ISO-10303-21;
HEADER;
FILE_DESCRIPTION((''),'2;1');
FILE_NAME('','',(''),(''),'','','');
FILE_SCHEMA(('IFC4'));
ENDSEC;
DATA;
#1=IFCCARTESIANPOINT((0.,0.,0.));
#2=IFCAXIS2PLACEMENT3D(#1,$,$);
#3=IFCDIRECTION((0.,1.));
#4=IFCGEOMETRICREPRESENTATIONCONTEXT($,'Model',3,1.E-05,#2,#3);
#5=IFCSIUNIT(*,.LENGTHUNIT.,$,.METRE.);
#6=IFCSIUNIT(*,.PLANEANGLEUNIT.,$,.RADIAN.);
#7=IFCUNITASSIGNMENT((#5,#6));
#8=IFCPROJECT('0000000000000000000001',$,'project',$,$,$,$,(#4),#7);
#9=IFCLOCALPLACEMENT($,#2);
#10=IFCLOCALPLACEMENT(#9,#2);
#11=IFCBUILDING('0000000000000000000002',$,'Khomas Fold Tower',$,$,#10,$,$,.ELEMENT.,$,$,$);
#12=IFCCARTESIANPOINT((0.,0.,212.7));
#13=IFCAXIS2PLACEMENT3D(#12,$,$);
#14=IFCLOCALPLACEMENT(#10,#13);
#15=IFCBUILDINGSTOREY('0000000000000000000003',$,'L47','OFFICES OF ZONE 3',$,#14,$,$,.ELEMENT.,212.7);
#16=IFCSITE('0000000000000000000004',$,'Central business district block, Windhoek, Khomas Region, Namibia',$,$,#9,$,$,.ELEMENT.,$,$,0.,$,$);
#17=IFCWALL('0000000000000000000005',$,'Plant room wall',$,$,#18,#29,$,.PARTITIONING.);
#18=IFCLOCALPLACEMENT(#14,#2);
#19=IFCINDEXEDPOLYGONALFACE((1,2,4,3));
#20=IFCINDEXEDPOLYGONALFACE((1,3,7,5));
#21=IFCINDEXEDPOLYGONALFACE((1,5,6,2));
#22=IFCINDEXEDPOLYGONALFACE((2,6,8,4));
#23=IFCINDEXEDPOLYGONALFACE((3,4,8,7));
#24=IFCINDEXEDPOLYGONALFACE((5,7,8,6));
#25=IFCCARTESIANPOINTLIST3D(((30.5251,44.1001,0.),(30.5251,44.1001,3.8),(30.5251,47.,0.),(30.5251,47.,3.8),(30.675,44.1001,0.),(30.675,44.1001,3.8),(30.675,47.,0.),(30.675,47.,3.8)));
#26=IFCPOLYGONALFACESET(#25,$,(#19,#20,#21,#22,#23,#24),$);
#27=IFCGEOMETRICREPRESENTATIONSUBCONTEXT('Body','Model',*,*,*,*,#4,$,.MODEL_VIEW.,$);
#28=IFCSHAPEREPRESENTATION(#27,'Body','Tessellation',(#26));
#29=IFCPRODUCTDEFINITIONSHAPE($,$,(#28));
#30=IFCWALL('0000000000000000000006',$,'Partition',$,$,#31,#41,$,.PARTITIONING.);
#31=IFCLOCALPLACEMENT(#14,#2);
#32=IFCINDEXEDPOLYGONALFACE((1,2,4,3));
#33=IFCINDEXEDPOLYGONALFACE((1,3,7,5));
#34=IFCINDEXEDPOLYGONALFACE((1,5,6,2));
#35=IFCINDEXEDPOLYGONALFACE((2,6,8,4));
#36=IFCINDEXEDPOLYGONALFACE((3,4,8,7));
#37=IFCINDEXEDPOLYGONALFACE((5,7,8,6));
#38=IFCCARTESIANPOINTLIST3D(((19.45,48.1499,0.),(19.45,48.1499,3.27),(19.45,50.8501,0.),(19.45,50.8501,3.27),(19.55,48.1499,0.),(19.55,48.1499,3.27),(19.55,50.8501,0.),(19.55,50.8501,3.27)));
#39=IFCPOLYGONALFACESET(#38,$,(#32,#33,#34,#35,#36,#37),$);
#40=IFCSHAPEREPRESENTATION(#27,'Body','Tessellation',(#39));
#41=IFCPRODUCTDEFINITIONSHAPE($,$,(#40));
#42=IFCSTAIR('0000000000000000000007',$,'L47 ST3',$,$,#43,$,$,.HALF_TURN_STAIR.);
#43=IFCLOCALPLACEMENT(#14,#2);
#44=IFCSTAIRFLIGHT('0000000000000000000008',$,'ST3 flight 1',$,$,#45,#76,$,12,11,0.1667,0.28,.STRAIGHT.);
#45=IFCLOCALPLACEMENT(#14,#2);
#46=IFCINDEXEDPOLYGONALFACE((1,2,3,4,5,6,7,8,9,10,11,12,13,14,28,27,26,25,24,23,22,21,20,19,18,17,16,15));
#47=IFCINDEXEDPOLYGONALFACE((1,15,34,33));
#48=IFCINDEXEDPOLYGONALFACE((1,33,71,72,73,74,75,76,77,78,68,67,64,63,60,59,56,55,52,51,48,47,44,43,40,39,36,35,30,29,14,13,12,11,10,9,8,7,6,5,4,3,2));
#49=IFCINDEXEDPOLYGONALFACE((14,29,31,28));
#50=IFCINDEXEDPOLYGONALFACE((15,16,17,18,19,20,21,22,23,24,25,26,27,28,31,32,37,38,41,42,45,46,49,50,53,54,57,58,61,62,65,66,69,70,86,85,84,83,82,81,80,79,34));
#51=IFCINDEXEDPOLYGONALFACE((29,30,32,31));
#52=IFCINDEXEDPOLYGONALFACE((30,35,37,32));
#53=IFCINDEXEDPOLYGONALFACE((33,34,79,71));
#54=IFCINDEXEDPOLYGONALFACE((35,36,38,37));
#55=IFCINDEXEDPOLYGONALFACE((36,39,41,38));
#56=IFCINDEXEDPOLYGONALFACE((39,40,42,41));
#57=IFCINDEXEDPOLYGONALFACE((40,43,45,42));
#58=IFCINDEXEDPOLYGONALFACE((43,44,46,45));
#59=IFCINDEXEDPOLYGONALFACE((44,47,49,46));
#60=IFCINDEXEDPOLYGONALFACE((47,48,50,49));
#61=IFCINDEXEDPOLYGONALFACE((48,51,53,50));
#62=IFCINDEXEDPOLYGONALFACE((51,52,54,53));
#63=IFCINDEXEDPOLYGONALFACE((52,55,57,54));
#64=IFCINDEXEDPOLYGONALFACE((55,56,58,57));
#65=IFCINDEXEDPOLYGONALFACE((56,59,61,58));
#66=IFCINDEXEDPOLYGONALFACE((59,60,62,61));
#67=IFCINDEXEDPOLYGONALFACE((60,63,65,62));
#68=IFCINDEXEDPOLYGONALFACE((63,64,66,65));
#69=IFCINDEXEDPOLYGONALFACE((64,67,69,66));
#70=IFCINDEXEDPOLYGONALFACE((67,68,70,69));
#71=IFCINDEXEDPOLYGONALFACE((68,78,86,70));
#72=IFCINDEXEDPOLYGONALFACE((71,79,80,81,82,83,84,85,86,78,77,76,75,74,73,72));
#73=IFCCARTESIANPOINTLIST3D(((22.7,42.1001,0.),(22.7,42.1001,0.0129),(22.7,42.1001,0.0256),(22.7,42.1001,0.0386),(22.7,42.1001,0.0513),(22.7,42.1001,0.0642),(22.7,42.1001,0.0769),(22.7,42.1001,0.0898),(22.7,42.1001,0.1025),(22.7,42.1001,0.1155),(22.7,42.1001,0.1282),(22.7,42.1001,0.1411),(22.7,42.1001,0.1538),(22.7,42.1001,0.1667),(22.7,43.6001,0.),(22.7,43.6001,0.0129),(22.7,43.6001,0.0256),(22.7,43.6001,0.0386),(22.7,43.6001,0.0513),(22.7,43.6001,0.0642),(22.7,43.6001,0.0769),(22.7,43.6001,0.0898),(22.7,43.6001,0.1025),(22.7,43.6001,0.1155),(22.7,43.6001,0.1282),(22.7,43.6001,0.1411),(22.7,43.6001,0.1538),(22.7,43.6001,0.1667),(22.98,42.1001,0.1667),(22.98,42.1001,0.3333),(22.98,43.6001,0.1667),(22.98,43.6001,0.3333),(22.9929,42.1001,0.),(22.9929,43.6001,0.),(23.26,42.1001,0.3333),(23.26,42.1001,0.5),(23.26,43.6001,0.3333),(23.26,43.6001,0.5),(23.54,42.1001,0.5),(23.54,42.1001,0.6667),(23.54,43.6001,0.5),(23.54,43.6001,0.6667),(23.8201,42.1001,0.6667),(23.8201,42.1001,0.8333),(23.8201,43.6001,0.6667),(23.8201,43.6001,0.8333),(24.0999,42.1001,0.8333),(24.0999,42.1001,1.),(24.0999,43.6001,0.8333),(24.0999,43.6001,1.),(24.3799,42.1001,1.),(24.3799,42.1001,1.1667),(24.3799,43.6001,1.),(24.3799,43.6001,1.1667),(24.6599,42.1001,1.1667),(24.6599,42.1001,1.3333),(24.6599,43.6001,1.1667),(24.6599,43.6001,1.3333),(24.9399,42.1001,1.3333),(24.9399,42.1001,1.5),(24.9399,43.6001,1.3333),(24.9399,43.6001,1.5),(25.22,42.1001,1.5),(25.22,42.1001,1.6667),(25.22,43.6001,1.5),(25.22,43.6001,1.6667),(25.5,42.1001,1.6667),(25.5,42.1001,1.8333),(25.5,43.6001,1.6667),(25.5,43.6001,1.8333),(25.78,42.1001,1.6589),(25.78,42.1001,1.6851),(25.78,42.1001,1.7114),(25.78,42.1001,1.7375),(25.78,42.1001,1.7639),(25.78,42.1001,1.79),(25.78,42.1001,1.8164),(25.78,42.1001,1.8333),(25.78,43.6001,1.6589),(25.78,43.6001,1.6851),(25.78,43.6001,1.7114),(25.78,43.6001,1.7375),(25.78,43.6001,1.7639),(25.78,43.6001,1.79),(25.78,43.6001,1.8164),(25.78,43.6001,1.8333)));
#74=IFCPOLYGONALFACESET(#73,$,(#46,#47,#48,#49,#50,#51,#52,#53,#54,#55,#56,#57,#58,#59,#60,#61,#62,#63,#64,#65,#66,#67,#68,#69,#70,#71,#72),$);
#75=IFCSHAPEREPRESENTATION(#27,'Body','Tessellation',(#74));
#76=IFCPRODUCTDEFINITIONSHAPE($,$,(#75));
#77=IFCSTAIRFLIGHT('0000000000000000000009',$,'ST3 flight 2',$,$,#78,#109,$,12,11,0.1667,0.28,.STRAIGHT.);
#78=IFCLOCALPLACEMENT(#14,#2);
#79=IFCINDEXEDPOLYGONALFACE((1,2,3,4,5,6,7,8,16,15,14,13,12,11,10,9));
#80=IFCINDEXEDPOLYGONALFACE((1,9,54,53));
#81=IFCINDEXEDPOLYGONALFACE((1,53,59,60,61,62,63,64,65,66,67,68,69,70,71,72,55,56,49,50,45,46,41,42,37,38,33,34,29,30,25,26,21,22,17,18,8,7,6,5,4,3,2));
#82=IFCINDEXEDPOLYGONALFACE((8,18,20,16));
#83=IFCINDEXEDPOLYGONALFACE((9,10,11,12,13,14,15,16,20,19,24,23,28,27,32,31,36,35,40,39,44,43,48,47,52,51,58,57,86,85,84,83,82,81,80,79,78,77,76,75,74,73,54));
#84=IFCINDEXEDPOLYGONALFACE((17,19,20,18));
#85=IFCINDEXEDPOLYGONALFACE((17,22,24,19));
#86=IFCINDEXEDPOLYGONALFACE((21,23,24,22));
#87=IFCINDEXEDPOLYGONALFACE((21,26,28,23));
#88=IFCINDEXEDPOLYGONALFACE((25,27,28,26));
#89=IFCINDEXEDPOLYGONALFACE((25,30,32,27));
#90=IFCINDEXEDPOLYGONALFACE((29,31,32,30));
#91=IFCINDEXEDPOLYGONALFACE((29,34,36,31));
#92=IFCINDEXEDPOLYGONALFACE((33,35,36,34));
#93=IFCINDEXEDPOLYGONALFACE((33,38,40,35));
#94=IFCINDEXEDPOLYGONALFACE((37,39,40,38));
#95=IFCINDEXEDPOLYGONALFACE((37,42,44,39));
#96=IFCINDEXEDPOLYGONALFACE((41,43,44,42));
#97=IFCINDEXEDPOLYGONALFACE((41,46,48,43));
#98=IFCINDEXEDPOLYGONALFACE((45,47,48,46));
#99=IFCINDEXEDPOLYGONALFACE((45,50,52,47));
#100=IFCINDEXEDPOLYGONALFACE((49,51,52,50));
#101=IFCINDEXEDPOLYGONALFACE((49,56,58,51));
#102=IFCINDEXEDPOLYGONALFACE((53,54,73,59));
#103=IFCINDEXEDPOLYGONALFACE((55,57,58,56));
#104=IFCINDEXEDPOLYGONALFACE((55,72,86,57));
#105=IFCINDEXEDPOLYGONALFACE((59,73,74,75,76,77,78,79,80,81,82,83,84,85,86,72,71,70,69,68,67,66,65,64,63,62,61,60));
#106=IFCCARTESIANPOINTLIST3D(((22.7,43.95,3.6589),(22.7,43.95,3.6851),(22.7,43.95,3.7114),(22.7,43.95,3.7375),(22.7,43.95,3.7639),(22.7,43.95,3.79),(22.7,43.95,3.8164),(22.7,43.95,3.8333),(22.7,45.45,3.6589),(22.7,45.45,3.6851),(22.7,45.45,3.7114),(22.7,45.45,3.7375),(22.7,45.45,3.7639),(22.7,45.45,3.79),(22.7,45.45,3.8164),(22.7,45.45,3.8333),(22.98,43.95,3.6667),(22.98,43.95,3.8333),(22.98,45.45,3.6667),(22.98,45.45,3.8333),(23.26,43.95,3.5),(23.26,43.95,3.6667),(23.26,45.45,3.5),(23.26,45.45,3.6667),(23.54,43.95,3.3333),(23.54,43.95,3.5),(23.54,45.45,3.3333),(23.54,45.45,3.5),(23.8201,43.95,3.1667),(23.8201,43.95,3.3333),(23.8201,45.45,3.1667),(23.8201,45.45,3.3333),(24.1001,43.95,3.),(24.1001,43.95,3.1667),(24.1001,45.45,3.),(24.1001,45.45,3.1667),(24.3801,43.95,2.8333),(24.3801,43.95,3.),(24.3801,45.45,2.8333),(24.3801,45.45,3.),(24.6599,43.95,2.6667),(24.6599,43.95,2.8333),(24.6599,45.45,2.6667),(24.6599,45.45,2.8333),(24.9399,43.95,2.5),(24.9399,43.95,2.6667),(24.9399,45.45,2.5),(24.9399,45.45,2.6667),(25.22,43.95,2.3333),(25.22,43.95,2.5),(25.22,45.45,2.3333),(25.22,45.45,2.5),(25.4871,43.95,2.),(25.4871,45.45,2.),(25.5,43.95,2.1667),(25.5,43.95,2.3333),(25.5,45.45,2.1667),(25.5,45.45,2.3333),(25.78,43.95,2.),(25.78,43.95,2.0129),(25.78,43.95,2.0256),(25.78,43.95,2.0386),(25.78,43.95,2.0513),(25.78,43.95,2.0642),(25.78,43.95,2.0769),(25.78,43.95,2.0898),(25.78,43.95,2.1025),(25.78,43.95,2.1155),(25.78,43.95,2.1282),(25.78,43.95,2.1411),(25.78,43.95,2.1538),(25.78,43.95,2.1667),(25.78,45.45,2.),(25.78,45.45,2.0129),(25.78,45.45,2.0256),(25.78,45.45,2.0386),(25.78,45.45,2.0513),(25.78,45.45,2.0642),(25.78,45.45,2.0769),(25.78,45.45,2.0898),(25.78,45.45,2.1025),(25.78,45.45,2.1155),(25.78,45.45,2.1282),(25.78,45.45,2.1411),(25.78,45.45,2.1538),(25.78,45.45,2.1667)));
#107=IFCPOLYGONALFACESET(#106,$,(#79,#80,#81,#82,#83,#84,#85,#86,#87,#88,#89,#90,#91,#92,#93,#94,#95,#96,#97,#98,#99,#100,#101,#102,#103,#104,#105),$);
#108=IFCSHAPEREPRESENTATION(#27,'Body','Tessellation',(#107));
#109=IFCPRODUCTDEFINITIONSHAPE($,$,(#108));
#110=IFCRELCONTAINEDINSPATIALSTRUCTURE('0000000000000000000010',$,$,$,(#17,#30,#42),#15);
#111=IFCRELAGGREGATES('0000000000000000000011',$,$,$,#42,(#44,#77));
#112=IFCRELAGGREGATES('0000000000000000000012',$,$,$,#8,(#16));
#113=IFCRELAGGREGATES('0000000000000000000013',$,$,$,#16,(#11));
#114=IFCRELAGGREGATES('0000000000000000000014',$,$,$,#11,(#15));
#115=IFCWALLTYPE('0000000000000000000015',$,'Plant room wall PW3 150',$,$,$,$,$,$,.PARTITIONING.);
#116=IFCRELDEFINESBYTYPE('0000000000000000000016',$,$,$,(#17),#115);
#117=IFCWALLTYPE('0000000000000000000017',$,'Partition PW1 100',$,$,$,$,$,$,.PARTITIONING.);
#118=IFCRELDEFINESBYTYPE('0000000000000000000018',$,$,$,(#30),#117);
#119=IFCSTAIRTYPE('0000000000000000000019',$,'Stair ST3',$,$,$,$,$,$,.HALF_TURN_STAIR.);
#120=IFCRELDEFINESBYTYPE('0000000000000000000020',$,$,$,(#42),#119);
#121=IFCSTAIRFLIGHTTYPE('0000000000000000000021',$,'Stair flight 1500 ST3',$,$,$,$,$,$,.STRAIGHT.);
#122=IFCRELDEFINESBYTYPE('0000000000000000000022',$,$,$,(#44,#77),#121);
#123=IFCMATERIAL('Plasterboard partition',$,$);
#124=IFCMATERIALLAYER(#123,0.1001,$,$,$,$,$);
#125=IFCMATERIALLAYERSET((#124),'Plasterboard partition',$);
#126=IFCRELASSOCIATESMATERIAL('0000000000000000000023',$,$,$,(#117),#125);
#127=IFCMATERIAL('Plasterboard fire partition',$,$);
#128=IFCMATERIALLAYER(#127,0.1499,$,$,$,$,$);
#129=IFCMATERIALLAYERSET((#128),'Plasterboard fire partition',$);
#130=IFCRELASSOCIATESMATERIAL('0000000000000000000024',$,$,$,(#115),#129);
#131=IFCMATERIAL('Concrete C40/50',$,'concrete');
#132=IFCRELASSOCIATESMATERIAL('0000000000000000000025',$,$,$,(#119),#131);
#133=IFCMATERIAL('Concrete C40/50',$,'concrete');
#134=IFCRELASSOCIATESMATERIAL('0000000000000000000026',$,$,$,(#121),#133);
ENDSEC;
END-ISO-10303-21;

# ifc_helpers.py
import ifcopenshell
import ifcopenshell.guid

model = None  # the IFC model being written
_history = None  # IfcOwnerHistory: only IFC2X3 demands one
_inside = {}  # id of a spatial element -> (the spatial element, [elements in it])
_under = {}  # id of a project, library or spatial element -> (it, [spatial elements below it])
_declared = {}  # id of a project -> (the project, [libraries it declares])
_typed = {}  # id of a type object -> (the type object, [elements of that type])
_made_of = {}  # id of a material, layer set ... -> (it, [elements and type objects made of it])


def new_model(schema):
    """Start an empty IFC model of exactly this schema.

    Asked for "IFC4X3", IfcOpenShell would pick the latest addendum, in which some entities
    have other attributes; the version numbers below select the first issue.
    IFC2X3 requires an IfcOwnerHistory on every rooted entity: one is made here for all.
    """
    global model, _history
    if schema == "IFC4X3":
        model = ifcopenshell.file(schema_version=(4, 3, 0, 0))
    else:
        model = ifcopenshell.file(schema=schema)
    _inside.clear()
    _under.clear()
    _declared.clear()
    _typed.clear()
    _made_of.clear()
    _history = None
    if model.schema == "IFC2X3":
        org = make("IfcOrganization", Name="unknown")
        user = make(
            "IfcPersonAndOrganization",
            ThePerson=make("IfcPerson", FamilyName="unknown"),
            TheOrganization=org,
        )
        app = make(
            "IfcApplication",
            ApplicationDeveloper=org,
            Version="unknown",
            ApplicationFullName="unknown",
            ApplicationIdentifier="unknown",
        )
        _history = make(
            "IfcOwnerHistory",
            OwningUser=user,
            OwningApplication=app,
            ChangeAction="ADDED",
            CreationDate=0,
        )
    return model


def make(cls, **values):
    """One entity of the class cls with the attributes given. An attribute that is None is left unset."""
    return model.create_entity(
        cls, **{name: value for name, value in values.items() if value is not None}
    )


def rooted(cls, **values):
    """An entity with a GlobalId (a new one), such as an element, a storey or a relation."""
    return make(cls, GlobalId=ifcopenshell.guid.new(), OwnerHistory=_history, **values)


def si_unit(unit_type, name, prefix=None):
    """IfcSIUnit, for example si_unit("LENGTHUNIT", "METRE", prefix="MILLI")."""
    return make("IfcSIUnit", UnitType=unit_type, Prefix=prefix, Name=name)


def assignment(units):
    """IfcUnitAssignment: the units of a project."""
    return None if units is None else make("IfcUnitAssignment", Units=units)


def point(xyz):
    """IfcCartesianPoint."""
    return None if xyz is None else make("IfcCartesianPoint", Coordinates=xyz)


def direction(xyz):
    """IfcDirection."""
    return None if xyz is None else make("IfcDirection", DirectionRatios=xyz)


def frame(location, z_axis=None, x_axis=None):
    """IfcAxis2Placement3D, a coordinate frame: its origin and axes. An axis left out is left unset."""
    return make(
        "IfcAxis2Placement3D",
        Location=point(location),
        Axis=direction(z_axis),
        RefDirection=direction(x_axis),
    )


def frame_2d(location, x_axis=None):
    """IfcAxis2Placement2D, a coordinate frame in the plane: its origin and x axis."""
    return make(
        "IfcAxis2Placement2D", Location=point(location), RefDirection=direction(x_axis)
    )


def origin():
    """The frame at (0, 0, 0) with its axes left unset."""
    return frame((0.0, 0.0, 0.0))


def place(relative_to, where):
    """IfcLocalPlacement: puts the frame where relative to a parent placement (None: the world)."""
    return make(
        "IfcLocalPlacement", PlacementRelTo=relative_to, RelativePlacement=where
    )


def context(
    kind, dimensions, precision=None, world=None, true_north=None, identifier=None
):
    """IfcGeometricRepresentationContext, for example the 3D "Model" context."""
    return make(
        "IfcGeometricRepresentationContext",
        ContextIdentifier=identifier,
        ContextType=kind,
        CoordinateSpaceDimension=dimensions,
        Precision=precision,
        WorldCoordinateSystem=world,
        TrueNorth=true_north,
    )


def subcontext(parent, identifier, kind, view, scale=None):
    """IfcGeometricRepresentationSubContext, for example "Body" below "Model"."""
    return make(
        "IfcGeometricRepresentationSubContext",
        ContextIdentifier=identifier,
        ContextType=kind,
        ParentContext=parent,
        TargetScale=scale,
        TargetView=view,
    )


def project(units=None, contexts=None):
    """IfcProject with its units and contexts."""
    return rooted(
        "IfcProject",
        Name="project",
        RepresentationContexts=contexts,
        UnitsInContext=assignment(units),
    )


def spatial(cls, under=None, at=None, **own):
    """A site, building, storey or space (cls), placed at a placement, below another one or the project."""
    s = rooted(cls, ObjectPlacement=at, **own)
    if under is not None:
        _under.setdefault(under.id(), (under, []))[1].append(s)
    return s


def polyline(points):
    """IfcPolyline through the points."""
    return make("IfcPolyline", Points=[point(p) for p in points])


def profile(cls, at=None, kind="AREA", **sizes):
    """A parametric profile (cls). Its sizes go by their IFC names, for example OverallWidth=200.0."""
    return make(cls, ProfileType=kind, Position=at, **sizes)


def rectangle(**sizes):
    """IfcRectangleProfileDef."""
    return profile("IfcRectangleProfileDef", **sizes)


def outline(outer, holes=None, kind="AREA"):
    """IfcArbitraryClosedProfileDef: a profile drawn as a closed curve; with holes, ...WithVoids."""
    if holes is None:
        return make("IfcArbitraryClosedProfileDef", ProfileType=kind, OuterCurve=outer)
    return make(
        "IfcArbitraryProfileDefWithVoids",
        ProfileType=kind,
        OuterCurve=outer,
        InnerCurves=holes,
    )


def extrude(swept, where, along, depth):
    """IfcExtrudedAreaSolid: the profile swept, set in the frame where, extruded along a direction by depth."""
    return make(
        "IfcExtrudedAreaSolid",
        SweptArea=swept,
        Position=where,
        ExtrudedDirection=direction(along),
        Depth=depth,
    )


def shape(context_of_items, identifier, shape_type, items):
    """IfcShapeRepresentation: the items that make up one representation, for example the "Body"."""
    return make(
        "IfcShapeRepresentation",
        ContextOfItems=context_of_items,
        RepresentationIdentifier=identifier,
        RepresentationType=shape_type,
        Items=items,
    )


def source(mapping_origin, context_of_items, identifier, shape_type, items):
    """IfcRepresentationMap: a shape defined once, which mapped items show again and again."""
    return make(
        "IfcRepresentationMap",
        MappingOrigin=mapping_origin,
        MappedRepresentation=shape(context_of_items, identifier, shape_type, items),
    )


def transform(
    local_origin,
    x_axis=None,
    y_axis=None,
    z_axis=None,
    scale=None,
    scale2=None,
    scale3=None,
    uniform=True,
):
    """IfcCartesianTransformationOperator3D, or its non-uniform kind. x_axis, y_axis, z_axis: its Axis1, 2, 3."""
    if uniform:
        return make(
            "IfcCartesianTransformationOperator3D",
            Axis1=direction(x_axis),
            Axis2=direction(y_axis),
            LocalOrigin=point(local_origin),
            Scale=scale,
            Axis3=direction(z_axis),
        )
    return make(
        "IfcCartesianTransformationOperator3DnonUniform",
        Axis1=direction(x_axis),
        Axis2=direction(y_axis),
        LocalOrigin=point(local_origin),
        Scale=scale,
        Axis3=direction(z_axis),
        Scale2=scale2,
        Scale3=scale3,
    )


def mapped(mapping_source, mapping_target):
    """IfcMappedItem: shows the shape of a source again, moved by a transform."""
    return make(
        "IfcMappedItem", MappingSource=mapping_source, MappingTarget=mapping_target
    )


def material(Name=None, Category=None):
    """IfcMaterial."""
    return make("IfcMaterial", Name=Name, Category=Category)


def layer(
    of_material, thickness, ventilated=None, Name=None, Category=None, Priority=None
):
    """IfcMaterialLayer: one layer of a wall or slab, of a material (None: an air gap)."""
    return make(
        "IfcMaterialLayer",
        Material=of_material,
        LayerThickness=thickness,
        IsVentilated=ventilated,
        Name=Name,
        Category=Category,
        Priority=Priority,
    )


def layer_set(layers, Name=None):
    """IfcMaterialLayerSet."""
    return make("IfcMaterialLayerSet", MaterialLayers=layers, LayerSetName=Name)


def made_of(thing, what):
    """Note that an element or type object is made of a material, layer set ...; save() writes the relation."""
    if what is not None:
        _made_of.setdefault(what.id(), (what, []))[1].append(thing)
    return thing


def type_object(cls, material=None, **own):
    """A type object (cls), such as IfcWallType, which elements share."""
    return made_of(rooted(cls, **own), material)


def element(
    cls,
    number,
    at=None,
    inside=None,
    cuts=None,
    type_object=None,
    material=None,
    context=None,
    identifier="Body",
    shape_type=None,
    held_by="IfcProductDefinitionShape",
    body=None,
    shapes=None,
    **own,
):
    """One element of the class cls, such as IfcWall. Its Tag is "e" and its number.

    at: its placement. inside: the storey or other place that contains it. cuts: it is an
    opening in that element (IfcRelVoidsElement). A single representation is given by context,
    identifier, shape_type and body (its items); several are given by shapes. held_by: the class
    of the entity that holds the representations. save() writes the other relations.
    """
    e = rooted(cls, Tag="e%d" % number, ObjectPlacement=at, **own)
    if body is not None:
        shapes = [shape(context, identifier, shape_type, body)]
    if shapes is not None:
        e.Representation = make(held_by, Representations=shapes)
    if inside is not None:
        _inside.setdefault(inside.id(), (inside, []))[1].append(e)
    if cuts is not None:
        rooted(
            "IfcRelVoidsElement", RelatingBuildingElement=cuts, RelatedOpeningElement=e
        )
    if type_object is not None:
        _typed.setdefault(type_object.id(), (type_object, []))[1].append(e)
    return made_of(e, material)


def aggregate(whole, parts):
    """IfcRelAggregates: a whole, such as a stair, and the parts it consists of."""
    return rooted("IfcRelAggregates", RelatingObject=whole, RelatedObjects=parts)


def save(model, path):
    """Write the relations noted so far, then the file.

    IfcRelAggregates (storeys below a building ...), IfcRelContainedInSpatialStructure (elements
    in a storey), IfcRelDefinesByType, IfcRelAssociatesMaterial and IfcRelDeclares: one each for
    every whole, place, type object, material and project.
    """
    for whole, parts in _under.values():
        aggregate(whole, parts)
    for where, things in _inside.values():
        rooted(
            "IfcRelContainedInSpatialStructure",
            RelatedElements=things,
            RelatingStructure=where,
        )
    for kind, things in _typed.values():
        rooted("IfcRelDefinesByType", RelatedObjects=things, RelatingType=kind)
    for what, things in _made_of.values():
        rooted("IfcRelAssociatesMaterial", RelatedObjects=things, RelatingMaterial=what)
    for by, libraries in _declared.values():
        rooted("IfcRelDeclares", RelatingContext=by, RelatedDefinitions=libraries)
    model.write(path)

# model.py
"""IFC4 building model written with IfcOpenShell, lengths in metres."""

from ifc_helpers import new_model, si_unit, direction, frame, frame_2d, origin, place, context, subcontext, project, spatial, polyline, rectangle, outline, extrude, source, transform, mapped, material, layer, layer_set, type_object, element, aggregate, save


model = new_model("IFC4")

# Units and contexts
model_context = context("Model", 3, precision=1e-05, world=origin(), true_north=direction((0.0, 1.0)))
body_context = subcontext(model_context, "Body", "Model", "MODEL_VIEW")
ifc_project = project(units=[si_unit("LENGTHUNIT", "METRE"), si_unit("PLANEANGLEUNIT", "RADIAN")], contexts=[model_context])

# Site, building, storey
site_placement = place(None, origin())
site = spatial("IfcSite", under=ifc_project, at=site_placement, Name="Central business district block, Windhoek, Khomas Region, Namibia", CompositionType="ELEMENT", RefElevation=0.0)
building_placement = place(site_placement, origin())
building = spatial("IfcBuilding", under=site, at=building_placement, Name="Khomas Fold Tower", CompositionType="ELEMENT")
storey_placement = place(building_placement, frame((0.0, 0.0, 212.7)))
storey = spatial("IfcBuildingStorey", under=building, at=storey_placement, Name="L47", Description="OFFICES OF ZONE 3", CompositionType="ELEMENT", Elevation=212.7)

# Shared definitions
ifc_material_1 = material(Name="Plasterboard partition")
ifc_layer_1 = layer(ifc_material_1, 0.1001)
ifc_layer_set_1 = layer_set([ifc_layer_1], Name="Plasterboard partition")
wall_type_1 = type_object("IfcWallType", Name="Partition PW1 100", PredefinedType="PARTITIONING", material=ifc_layer_set_1)

# Shared definitions
ifc_material_2 = material(Name="Plasterboard fire partition")
ifc_layer_2 = layer(ifc_material_2, 0.1499)
ifc_layer_set_2 = layer_set([ifc_layer_2], Name="Plasterboard fire partition")
wall_type_2 = type_object("IfcWallType", Name="Plant room wall PW3 150", PredefinedType="PARTITIONING", material=ifc_layer_set_2)

# Walls
shared_shape_1 = source(origin(), body_context, "Body", "SweptSolid", [
    extrude(rectangle(XDim=2.8999, YDim=0.1499, at=frame_2d((1.45, 0.0))), origin(), (0.0, 0.0, 1.0), 3.8),
])
wall_1_placement = place(storey_placement, frame((30.6001, 44.1001, 0.0), z_axis=(0.0, 0.0, 1.0), x_axis=(0.0, 1.0, 0.0)))
element("IfcWall", 1, at=wall_1_placement, inside=storey, type_object=wall_type_2, Name="Plant room wall", PredefinedType="PARTITIONING", context=body_context, shape_type="MappedRepresentation", body=[
    mapped(shared_shape_1, transform((0.0, 0.0, 0.0))),
])
shared_shape_2 = source(origin(), body_context, "Body", "SweptSolid", [
    extrude(rectangle(XDim=2.7002, YDim=0.1001, at=frame_2d((1.3501, 0.0))), origin(), (0.0, 0.0, 1.0), 3.27),
])
wall_2_placement = place(storey_placement, frame((19.5, 48.1499, 0.0), z_axis=(0.0, 0.0, 1.0), x_axis=(0.0, 1.0, 0.0)))
element("IfcWall", 2, at=wall_2_placement, inside=storey, type_object=wall_type_1, Name="Partition", PredefinedType="PARTITIONING", context=body_context, shape_type="MappedRepresentation", body=[
    mapped(shared_shape_2, transform((0.0, 0.0, 0.0))),
])

# Stair, stair flights
ifc_material_3 = material(Name="Concrete C40/50", Category="concrete")
stair_type = type_object("IfcStairType", Name="Stair ST3", PredefinedType="HALF_TURN_STAIR", material=ifc_material_3)
stair_placement = place(storey_placement, origin())
stair = element("IfcStair", 3, at=stair_placement, inside=storey, type_object=stair_type, Name="L47 ST3", PredefinedType="HALF_TURN_STAIR")
ifc_material_4 = material(Name="Concrete C40/50", Category="concrete")
stair_flight_type = type_object("IfcStairFlightType", Name="Stair flight 1500 ST3", PredefinedType="STRAIGHT", material=ifc_material_4)
shared_shape_3 = source(origin(), body_context, "Body", "SweptSolid", [
    extrude(outline(polyline([(0.0, 0.0), (0.0, 0.0129), (0.0, 0.0256), (0.0, 0.0386), (0.0, 0.0513), (0.0, 0.0642), (0.0, 0.0769), (0.0, 0.0898), (0.0, 0.1025), (0.0, 0.1155), (0.0, 0.1282), (0.0, 0.1411), (0.0, 0.1538), (0.0, 0.1667), (0.28, 0.1667), (0.28, 0.3333), (0.5601, 0.3333), (0.5601, 0.5), (0.8401, 0.5), (0.8401, 0.6667), (1.1201, 0.6667), (1.1201, 0.8333), (1.3999, 0.8333), (1.3999, 1.0), (1.6799, 1.0), (1.6799, 1.1667), (1.96, 1.1667), (1.96, 1.3333), (2.24, 1.3333), (2.24, 1.5), (2.52, 1.5), (2.52, 1.6667), (2.8, 1.6667), (2.8, 1.8333), (3.0801, 1.8333), (3.0801, 2.0), (3.0801, 1.9739), (3.0801, 1.9475), (3.0801, 1.9214), (3.0801, 1.895), (3.0801, 1.8689), (3.0801, 1.8425), (3.0801, 1.8164), (3.0801, 1.79), (3.0801, 1.7639), (3.0801, 1.7375), (3.0801, 1.7114), (3.0801, 1.6851), (3.0801, 1.6589), (0.293, 0.0), (0.0, 0.0)])), frame((0.0, 0.75, 0.0), z_axis=(0.0, -1.0, 0.0), x_axis=(1.0, 0.0, 0.0)), (0.0, 0.0, 1.0), 1.5),
])
stair_flight_1_placement = place(storey_placement, frame((22.7, 42.8501, 0.0), z_axis=(0.0, 0.0, 1.0), x_axis=(1.0, 0.0, 0.0)))
stair_flight_1 = element("IfcStairFlight", 4, at=stair_flight_1_placement, type_object=stair_flight_type, Name="ST3 flight 1", NumberOfRisers=12, NumberOfTreads=11, PredefinedType="STRAIGHT", RiserHeight=0.1667, TreadLength=0.28, context=body_context, shape_type="MappedRepresentation", body=[
    mapped(shared_shape_3, transform((0.0, 0.0, 0.0))),
])
stair_flight_2_placement = place(storey_placement, frame((25.78, 44.7, 2.0), z_axis=(0.0, 0.0, 1.0), x_axis=(-1.0, 0.0, 0.0)))
stair_flight_2 = element("IfcStairFlight", 5, at=stair_flight_2_placement, type_object=stair_flight_type, Name="ST3 flight 2", NumberOfRisers=12, NumberOfTreads=11, PredefinedType="STRAIGHT", RiserHeight=0.1667, TreadLength=0.28, context=body_context, shape_type="MappedRepresentation", body=[
    mapped(shared_shape_3, transform((0.0, 0.0, 0.0))),
])
aggregate(stair, [stair_flight_1, stair_flight_2])

save(model, "model.ifc")
